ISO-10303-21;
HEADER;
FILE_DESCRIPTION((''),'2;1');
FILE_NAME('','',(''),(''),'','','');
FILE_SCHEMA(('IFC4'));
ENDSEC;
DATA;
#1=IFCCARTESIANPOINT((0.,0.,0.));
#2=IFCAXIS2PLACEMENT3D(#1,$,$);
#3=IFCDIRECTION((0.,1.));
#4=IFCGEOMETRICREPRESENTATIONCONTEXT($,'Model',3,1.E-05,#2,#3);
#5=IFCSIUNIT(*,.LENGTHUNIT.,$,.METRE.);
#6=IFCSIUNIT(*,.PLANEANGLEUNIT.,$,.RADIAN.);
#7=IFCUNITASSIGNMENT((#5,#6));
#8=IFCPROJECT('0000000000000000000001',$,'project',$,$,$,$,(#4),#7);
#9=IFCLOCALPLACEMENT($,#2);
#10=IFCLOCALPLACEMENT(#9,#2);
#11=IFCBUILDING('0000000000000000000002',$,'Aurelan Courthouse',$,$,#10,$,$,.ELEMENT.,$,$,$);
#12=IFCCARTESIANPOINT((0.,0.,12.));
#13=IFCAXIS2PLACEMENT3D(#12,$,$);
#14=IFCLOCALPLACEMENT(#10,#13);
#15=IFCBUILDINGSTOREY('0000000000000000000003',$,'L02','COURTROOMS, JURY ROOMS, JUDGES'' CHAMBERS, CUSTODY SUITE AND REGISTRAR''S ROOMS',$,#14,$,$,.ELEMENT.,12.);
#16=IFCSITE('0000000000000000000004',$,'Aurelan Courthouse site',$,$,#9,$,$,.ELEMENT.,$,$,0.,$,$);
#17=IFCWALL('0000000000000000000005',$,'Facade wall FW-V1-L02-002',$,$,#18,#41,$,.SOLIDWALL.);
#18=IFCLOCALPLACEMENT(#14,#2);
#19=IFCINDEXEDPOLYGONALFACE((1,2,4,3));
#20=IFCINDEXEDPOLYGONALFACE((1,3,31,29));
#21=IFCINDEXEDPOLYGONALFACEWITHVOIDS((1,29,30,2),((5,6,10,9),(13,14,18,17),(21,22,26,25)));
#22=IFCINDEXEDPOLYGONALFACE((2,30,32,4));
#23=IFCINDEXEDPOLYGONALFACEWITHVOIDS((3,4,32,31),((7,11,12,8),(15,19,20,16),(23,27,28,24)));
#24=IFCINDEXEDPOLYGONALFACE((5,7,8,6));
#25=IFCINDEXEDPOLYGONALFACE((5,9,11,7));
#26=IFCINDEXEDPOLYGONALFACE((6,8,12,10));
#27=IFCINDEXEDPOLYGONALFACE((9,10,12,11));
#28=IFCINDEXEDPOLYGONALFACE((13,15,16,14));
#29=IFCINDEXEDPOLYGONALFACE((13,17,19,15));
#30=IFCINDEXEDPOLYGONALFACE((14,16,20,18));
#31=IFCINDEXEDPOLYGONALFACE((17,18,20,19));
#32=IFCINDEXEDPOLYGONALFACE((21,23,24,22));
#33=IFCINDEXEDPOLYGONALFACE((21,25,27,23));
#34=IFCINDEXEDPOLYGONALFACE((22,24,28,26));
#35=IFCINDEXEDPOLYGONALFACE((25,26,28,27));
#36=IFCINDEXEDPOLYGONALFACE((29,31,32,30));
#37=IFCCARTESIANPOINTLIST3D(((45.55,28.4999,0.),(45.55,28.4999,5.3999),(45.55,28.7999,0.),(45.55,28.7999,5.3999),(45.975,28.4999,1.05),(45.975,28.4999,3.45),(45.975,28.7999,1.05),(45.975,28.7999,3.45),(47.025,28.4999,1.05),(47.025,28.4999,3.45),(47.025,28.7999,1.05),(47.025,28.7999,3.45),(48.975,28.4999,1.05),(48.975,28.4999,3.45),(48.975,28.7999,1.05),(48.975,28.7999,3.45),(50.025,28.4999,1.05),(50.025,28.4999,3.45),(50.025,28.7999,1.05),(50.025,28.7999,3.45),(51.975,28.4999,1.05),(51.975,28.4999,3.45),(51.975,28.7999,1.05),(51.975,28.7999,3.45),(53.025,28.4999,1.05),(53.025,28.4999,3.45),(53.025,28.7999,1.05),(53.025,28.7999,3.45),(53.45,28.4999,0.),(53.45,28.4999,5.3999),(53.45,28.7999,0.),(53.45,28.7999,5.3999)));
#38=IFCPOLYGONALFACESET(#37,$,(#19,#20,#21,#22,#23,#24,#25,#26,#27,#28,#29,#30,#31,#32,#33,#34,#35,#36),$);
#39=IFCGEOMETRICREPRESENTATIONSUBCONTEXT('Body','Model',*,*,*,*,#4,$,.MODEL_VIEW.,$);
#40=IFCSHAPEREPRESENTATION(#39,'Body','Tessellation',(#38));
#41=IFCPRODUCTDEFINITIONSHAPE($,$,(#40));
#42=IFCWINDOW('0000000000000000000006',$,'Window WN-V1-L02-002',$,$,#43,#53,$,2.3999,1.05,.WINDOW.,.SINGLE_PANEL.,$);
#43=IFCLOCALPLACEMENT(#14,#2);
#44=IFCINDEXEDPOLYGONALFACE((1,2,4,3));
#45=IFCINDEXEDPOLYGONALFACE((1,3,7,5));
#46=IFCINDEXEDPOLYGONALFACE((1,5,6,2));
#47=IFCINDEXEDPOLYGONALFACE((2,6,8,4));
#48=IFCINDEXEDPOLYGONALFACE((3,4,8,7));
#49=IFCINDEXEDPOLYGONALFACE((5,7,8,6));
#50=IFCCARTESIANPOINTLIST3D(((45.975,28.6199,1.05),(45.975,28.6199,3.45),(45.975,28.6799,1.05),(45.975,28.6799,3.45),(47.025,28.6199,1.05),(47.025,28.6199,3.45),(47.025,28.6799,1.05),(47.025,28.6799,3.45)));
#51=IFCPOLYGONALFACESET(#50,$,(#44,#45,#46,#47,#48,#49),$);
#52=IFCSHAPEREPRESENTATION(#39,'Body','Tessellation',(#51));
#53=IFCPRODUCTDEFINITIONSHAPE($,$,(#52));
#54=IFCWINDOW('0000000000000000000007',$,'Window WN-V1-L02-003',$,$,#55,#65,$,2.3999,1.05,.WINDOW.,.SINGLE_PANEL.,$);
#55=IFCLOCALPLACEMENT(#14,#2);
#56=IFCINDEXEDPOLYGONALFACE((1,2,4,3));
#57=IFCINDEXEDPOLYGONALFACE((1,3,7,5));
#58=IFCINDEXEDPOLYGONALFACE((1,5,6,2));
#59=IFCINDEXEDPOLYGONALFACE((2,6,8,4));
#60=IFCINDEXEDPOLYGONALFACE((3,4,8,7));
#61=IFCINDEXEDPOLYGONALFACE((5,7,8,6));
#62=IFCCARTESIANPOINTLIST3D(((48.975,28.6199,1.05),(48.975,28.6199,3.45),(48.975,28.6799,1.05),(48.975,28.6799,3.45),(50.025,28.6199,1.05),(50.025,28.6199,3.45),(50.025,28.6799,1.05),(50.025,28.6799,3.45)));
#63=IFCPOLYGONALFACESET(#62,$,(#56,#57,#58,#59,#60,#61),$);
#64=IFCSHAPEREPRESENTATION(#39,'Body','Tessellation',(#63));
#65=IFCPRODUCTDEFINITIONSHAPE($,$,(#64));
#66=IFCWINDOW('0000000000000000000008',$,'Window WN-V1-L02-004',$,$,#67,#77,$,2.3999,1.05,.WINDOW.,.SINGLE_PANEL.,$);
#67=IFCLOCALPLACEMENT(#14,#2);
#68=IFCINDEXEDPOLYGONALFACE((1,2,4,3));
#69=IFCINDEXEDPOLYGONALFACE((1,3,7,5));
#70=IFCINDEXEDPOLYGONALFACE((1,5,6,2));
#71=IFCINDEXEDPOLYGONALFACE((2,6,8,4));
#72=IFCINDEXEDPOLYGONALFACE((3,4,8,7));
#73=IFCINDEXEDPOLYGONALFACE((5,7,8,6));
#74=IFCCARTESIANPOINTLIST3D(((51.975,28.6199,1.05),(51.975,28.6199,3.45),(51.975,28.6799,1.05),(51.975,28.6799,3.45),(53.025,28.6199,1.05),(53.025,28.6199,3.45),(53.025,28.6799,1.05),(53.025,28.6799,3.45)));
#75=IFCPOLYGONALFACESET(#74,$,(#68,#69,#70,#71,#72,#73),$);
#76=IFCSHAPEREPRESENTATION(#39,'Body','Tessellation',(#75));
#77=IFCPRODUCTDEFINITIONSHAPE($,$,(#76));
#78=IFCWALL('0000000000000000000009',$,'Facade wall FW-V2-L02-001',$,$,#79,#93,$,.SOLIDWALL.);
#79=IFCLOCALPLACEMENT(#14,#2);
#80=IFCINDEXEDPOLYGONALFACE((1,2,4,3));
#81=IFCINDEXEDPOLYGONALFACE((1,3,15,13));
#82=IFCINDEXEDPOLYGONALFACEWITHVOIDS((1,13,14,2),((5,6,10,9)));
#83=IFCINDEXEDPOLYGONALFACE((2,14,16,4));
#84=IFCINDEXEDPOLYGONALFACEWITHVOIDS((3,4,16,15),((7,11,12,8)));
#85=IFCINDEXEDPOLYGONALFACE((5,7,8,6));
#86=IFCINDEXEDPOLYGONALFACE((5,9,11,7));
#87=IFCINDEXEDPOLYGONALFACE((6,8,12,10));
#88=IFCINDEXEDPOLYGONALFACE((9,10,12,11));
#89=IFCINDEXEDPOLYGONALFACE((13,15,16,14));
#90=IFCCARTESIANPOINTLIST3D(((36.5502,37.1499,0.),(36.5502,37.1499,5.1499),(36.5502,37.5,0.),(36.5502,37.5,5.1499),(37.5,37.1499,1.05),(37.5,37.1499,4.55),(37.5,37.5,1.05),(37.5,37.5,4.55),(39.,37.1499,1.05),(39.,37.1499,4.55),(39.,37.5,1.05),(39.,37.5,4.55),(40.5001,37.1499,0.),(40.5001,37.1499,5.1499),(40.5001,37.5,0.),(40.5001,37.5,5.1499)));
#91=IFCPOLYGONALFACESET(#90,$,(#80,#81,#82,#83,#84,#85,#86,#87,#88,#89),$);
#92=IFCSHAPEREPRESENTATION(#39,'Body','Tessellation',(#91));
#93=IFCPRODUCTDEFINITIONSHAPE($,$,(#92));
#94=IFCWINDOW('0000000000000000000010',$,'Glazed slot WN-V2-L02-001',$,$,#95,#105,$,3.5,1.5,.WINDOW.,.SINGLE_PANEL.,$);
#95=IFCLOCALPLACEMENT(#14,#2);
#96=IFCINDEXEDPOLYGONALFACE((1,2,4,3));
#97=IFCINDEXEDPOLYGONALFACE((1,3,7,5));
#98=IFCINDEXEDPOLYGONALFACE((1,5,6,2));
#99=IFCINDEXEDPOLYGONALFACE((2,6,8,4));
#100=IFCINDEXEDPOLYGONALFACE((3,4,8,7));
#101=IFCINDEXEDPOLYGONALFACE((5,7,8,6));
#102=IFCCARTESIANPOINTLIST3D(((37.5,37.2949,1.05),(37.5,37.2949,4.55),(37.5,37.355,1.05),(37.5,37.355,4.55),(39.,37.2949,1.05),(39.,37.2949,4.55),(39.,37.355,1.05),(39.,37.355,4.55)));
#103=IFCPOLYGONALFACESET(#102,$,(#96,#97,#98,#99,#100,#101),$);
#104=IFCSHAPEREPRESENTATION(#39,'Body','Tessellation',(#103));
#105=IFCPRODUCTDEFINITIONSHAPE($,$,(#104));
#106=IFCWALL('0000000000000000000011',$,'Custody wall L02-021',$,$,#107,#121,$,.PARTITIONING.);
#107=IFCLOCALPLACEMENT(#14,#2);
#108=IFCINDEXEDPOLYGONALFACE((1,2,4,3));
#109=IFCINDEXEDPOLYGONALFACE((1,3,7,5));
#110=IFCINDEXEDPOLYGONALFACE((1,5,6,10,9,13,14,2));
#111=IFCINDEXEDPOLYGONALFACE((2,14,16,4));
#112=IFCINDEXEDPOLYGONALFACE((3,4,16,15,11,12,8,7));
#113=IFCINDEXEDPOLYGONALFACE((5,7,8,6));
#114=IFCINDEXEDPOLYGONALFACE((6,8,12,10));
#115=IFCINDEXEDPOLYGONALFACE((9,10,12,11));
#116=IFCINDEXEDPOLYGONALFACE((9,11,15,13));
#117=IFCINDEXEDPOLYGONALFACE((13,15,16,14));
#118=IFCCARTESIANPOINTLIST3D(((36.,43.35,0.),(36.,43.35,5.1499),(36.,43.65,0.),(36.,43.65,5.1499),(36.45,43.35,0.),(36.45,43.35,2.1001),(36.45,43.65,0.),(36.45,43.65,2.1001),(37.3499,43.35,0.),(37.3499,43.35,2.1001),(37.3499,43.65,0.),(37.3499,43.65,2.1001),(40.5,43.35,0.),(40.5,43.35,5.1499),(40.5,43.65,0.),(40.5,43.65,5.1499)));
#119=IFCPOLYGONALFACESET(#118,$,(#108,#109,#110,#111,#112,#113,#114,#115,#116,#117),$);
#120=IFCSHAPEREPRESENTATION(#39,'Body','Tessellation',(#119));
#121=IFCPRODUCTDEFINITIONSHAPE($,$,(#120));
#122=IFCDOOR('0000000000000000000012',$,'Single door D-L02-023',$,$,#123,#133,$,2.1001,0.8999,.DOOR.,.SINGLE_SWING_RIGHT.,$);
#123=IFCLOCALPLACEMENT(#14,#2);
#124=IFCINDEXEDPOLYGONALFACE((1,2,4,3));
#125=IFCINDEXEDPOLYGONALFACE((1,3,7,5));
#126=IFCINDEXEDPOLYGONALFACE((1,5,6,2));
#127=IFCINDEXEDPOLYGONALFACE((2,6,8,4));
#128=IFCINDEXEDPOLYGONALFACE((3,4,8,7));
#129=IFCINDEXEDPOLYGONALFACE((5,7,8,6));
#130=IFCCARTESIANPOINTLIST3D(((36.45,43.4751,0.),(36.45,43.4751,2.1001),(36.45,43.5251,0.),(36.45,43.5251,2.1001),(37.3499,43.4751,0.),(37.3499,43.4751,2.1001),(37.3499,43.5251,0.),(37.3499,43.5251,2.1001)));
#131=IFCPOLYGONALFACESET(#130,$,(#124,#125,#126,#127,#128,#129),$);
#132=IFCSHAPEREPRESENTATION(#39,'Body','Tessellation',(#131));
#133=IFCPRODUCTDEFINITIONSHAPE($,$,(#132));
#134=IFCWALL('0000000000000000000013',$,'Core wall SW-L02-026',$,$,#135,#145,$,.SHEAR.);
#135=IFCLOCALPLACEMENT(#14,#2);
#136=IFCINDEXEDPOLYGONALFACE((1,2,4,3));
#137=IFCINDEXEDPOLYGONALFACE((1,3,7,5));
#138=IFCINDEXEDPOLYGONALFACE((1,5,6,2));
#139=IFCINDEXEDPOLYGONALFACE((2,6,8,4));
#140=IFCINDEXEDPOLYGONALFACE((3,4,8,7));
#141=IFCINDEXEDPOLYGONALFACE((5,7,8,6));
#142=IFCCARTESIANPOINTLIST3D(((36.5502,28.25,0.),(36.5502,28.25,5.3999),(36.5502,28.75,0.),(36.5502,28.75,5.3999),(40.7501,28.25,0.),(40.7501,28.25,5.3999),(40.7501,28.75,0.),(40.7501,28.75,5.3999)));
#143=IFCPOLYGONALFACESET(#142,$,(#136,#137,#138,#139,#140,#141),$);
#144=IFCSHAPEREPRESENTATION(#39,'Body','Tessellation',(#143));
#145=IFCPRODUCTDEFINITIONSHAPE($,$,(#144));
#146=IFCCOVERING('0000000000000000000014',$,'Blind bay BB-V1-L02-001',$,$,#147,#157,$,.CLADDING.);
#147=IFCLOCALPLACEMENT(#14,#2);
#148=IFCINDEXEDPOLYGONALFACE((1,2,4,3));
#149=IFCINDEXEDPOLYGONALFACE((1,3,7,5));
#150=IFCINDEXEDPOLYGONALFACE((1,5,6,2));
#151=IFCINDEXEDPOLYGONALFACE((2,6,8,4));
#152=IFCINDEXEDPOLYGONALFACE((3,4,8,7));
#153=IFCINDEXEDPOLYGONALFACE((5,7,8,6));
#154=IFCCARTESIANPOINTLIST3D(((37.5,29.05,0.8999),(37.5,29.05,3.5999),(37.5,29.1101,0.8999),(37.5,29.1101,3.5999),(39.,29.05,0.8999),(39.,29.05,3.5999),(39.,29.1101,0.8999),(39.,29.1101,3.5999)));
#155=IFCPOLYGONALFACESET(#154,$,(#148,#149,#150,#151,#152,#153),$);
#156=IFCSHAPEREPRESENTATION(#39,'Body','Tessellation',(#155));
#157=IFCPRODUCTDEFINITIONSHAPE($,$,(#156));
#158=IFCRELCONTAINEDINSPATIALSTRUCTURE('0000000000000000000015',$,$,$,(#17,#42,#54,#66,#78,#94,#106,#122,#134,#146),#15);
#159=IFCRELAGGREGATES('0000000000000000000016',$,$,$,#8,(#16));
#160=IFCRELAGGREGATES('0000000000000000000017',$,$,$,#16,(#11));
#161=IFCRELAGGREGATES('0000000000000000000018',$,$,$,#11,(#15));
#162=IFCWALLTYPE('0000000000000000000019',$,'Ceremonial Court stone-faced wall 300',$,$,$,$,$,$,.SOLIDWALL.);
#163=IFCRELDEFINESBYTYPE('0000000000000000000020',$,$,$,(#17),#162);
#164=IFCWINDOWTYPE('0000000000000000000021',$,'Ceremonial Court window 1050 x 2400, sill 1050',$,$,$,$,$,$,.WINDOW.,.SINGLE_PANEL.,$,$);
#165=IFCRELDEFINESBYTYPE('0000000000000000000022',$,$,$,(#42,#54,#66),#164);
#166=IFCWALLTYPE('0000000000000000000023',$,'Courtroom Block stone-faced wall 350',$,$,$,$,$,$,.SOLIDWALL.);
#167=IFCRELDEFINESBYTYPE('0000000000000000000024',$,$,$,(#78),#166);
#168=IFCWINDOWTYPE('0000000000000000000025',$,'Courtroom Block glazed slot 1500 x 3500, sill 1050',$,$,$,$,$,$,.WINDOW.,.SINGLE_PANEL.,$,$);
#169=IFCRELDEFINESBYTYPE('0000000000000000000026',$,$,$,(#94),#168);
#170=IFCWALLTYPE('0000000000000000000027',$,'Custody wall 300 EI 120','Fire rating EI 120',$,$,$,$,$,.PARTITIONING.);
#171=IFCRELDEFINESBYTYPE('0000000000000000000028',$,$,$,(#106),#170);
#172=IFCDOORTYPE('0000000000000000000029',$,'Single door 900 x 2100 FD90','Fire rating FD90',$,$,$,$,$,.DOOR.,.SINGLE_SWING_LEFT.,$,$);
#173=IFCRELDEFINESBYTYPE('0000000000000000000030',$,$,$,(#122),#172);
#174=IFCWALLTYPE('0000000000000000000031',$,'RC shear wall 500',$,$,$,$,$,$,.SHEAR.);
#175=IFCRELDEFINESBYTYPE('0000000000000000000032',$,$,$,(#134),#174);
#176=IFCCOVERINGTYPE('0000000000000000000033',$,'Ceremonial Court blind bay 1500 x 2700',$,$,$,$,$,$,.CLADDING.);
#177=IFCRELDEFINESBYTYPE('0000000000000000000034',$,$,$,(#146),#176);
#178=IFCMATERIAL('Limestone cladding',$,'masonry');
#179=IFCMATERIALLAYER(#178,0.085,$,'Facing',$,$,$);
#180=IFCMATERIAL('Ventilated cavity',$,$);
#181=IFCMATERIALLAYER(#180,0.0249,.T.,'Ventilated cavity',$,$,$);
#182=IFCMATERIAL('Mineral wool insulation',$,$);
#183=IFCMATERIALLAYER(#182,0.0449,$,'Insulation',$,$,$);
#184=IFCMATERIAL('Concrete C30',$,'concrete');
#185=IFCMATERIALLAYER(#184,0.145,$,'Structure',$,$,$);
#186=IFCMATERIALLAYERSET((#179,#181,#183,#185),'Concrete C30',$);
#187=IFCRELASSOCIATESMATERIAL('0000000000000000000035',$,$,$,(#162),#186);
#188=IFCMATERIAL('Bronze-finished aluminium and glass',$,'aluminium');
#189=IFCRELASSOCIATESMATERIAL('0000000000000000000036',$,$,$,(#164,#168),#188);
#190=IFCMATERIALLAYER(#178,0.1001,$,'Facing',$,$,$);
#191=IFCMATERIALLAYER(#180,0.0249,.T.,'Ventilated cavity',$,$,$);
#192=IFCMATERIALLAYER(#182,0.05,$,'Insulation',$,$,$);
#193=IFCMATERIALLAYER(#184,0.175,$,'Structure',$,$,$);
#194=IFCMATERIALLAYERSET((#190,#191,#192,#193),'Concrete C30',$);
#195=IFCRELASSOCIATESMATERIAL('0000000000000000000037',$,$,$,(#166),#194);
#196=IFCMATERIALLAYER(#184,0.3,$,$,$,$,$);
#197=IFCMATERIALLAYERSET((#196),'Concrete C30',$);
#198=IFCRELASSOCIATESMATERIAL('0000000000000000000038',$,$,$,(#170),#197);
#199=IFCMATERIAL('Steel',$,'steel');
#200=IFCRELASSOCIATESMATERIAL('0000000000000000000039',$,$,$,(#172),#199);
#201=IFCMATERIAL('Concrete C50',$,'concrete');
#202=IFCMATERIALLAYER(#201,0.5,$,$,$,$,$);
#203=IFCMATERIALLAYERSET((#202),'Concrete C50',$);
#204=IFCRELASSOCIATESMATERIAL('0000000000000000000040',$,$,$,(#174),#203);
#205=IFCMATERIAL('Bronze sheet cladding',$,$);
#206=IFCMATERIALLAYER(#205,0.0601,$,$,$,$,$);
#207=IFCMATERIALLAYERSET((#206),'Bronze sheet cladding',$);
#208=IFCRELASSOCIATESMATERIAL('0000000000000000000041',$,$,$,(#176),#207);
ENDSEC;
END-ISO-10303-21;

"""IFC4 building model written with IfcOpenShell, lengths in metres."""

from ifc_helpers import new_model, si_unit, direction, frame, frame_2d, origin, origin_2d, place, context, subcontext, project, spatial, rectangle, extrude, material, layer, layer_set, type_object, element, fill, save


model = new_model("IFC4")

# Units and contexts
model_context = context("Model", 3, precision=1e-05, world=origin(), true_north=direction((0.0, 1.0)))
body_context = subcontext(model_context, "Body", "Model", "MODEL_VIEW")
ifc_project = project(units=[si_unit("LENGTHUNIT", "METRE"), si_unit("PLANEANGLEUNIT", "RADIAN")], contexts=[model_context])

# Site, building, storey
site_placement = place(None, origin())
site = spatial("IfcSite", under=ifc_project, at=site_placement, Name="Aurelan Courthouse site", CompositionType="ELEMENT", RefElevation=0.0)
building_placement = place(site_placement, origin())
building = spatial("IfcBuilding", under=site, at=building_placement, Name="Aurelan Courthouse", CompositionType="ELEMENT")
storey_placement = place(building_placement, frame((0.0, 0.0, 12.0)))
storey = spatial("IfcBuildingStorey", under=building, at=storey_placement, Name="L02", Description="COURTROOMS, JURY ROOMS, JUDGES' CHAMBERS, CUSTODY SUITE AND REGISTRAR'S ROOMS", CompositionType="ELEMENT", Elevation=12.0)

# Shared definitions
ifc_material_1 = material(Name="Concrete C50", Category="concrete")

# Shared definitions
ifc_material_2 = material(Name="Limestone cladding", Category="masonry")
ifc_layer_1 = layer(ifc_material_2, 0.085, Name="Facing")
ifc_material_3 = material(Name="Ventilated cavity")
ifc_layer_2 = layer(ifc_material_3, 0.0249, ventilated=True, Name="Ventilated cavity")
ifc_material_4 = material(Name="Mineral wool insulation")
ifc_layer_3 = layer(ifc_material_4, 0.0449, Name="Insulation")
ifc_material_5 = material(Name="Concrete C30", Category="concrete")
ifc_layer_4 = layer(ifc_material_5, 0.145, Name="Structure")
ifc_layer_set_1 = layer_set([ifc_layer_1, ifc_layer_2, ifc_layer_3, ifc_layer_4], Name="Concrete C30")
wall_type_1 = type_object("IfcWallType", Name="Ceremonial Court stone-faced wall 300", PredefinedType="SOLIDWALL", material=ifc_layer_set_1)
ifc_material_6 = material(Name="Bronze-finished aluminium and glass", Category="aluminium")
window_type_1 = type_object("IfcWindowType", Name="Ceremonial Court window 1050 x 2400, sill 1050", PartitioningType="SINGLE_PANEL", PredefinedType="WINDOW", material=ifc_material_6)

# Wall, openings, windows
wall_1_placement = place(storey_placement, frame((45.55, 28.6499, 0.0), z_axis=(0.0, 0.0, 1.0), x_axis=(1.0, 0.0, 0.0)))
wall_1 = element("IfcWall", 1, at=wall_1_placement, inside=storey, type_object=wall_type_1, Name="Facade wall FW-V1-L02-002", PredefinedType="SOLIDWALL", context=body_context, shape_type="SweptSolid", body=[
    extrude(rectangle(XDim=7.8999, YDim=0.3, at=frame_2d((3.95, 0.0))), origin(), (0.0, 0.0, 1.0), 5.3999),
])
opening_1_placement = place(wall_1_placement, frame((0.425, 0.0, 1.05)))
opening_1 = element("IfcOpeningElement", 2, at=opening_1_placement, cuts=wall_1, PredefinedType="OPENING", context=body_context, shape_type="SweptSolid", body=[
    extrude(rectangle(XDim=1.05, YDim=2.3999, at=frame_2d((0.5249, 1.2))), frame((0.0, 0.1599, 0.0), z_axis=(0.0, -1.0, 0.0), x_axis=(1.0, 0.0, 0.0)), (0.0, 0.0, 1.0), 0.3201),
])
opening_2_placement = place(wall_1_placement, frame((3.425, 0.0, 1.05)))
opening_2 = element("IfcOpeningElement", 3, at=opening_2_placement, cuts=wall_1, PredefinedType="OPENING", context=body_context, shape_type="SweptSolid", body=[
    extrude(rectangle(XDim=1.05, YDim=2.3999, at=frame_2d((0.5249, 1.2))), frame((0.0, 0.1599, 0.0), z_axis=(0.0, -1.0, 0.0), x_axis=(1.0, 0.0, 0.0)), (0.0, 0.0, 1.0), 0.3201),
])
opening_3_placement = place(wall_1_placement, frame((6.425, 0.0, 1.05)))
opening_3 = element("IfcOpeningElement", 4, at=opening_3_placement, cuts=wall_1, PredefinedType="OPENING", context=body_context, shape_type="SweptSolid", body=[
    extrude(rectangle(XDim=1.05, YDim=2.3999, at=frame_2d((0.5249, 1.2))), frame((0.0, 0.1599, 0.0), z_axis=(0.0, -1.0, 0.0), x_axis=(1.0, 0.0, 0.0)), (0.0, 0.0, 1.0), 0.3201),
])
window_1_placement = place(opening_1_placement, origin())
window_1 = element("IfcWindow", 5, at=window_1_placement, inside=storey, type_object=window_type_1, Name="Window WN-V1-L02-002", OverallHeight=2.3999, OverallWidth=1.05, PartitioningType="SINGLE_PANEL", PredefinedType="WINDOW", context=body_context, shape_type="SweptSolid", body=[
    extrude(rectangle(XDim=1.05, YDim=2.3999, at=frame_2d((0.5249, 1.2))), frame((0.0, 0.03, 0.0), z_axis=(0.0, -1.0, 0.0), x_axis=(1.0, 0.0, 0.0)), (0.0, 0.0, 1.0), 0.0601),
])
fill(opening_1, window_1)
window_2_placement = place(opening_2_placement, origin())
window_2 = element("IfcWindow", 6, at=window_2_placement, inside=storey, type_object=window_type_1, Name="Window WN-V1-L02-003", OverallHeight=2.3999, OverallWidth=1.05, PartitioningType="SINGLE_PANEL", PredefinedType="WINDOW", context=body_context, shape_type="SweptSolid", body=[
    extrude(rectangle(XDim=1.05, YDim=2.3999, at=frame_2d((0.5249, 1.2))), frame((0.0, 0.03, 0.0), z_axis=(0.0, -1.0, 0.0), x_axis=(1.0, 0.0, 0.0)), (0.0, 0.0, 1.0), 0.0601),
])
fill(opening_2, window_2)
window_3_placement = place(opening_3_placement, origin())
window_3 = element("IfcWindow", 7, at=window_3_placement, inside=storey, type_object=window_type_1, Name="Window WN-V1-L02-004", OverallHeight=2.3999, OverallWidth=1.05, PartitioningType="SINGLE_PANEL", PredefinedType="WINDOW", context=body_context, shape_type="SweptSolid", body=[
    extrude(rectangle(XDim=1.05, YDim=2.3999, at=frame_2d((0.5249, 1.2))), frame((0.0, 0.03, 0.0), z_axis=(0.0, -1.0, 0.0), x_axis=(1.0, 0.0, 0.0)), (0.0, 0.0, 1.0), 0.0601),
])
fill(opening_3, window_3)

# Wall, opening, window
ifc_layer_5 = layer(ifc_material_2, 0.1001, Name="Facing")
ifc_layer_6 = layer(ifc_material_3, 0.0249, ventilated=True, Name="Ventilated cavity")
ifc_layer_7 = layer(ifc_material_4, 0.05, Name="Insulation")
ifc_layer_8 = layer(ifc_material_5, 0.175, Name="Structure")
ifc_layer_set_2 = layer_set([ifc_layer_5, ifc_layer_6, ifc_layer_7, ifc_layer_8], Name="Concrete C30")
wall_type_2 = type_object("IfcWallType", Name="Courtroom Block stone-faced wall 350", PredefinedType="SOLIDWALL", material=ifc_layer_set_2)
wall_2_placement = place(storey_placement, frame((36.55, 37.325, 0.0), z_axis=(0.0, 0.0, 1.0), x_axis=(1.0, 0.0, 0.0)))
wall_2 = element("IfcWall", 8, at=wall_2_placement, inside=storey, type_object=wall_type_2, Name="Facade wall FW-V2-L02-001", PredefinedType="SOLIDWALL", context=body_context, shape_type="SweptSolid", body=[
    extrude(rectangle(XDim=3.95, YDim=0.3501, at=frame_2d((1.9751, 0.0))), origin(), (0.0, 0.0, 1.0), 5.1499),
])
opening_4_placement = place(wall_2_placement, frame((0.95, 0.0, 1.05)))
opening_4 = element("IfcOpeningElement", 9, at=opening_4_placement, cuts=wall_2, PredefinedType="OPENING", context=body_context, shape_type="SweptSolid", body=[
    extrude(rectangle(XDim=1.5, YDim=3.5, at=frame_2d((0.75, 1.75))), frame((0.0, 0.1851, 0.0), z_axis=(0.0, -1.0, 0.0), x_axis=(1.0, 0.0, 0.0)), (0.0, 0.0, 1.0), 0.3701),
])
window_type_2 = type_object("IfcWindowType", Name="Courtroom Block glazed slot 1500 x 3500, sill 1050", PartitioningType="SINGLE_PANEL", PredefinedType="WINDOW", material=ifc_material_6)
window_4_placement = place(opening_4_placement, origin())
window_4 = element("IfcWindow", 10, at=window_4_placement, inside=storey, type_object=window_type_2, Name="Glazed slot WN-V2-L02-001", OverallHeight=3.5, OverallWidth=1.5, PartitioningType="SINGLE_PANEL", PredefinedType="WINDOW", context=body_context, shape_type="SweptSolid", body=[
    extrude(rectangle(XDim=1.5, YDim=3.5, at=frame_2d((0.75, 1.75))), frame((0.0, 0.03, 0.0), z_axis=(0.0, -1.0, 0.0), x_axis=(1.0, 0.0, 0.0)), (0.0, 0.0, 1.0), 0.0601),
])
fill(opening_4, window_4)

# Wall, opening, door
ifc_layer_9 = layer(ifc_material_5, 0.3)
ifc_layer_set_3 = layer_set([ifc_layer_9], Name="Concrete C30")
wall_type_3 = type_object("IfcWallType", Name="Custody wall 300 EI 120", Description="Fire rating EI 120", PredefinedType="PARTITIONING", material=ifc_layer_set_3)
wall_3_placement = place(storey_placement, frame((36.0, 43.5, 0.0), z_axis=(0.0, 0.0, 1.0), x_axis=(1.0, 0.0, 0.0)))
wall_3 = element("IfcWall", 11, at=wall_3_placement, inside=storey, type_object=wall_type_3, Name="Custody wall L02-021", PredefinedType="PARTITIONING", context=body_context, shape_type="SweptSolid", body=[
    extrude(rectangle(XDim=4.5, YDim=0.3, at=frame_2d((2.25, 0.0))), origin(), (0.0, 0.0, 1.0), 5.1499),
])
opening_5_placement = place(wall_3_placement, frame((1.3499, 0.0, 0.0), z_axis=(0.0, 0.0, 1.0), x_axis=(-1.0, 0.0, 0.0)))
opening_5 = element("IfcOpeningElement", 12, at=opening_5_placement, cuts=wall_3, PredefinedType="OPENING", context=body_context, shape_type="SweptSolid", body=[
    extrude(rectangle(XDim=0.8999, YDim=2.1001, at=frame_2d((0.45, 1.05))), frame((0.0, 0.1599, 0.0), z_axis=(0.0, -1.0, 0.0), x_axis=(1.0, 0.0, 0.0)), (0.0, 0.0, 1.0), 0.3201),
])
ifc_material_7 = material(Name="Steel", Category="steel")
door_type = type_object("IfcDoorType", Name="Single door 900 x 2100 FD90", Description="Fire rating FD90", OperationType="SINGLE_SWING_LEFT", PredefinedType="DOOR", material=ifc_material_7)
door_placement = place(opening_5_placement, origin())
door = element("IfcDoor", 13, at=door_placement, inside=storey, type_object=door_type, Name="Single door D-L02-023", OperationType="SINGLE_SWING_RIGHT", OverallHeight=2.1001, OverallWidth=0.8999, PredefinedType="DOOR", context=body_context, shape_type="SweptSolid", body=[
    extrude(rectangle(XDim=0.8999, YDim=2.1001, at=frame_2d((0.45, 1.05))), frame((0.0, 0.0249, 0.0), z_axis=(0.0, -1.0, 0.0), x_axis=(1.0, 0.0, 0.0)), (0.0, 0.0, 1.0), 0.05),
])
fill(opening_5, door)

# Wall
ifc_layer_10 = layer(ifc_material_1, 0.5)
ifc_layer_set_4 = layer_set([ifc_layer_10], Name="Concrete C50")
wall_type_4 = type_object("IfcWallType", Name="RC shear wall 500", PredefinedType="SHEAR", material=ifc_layer_set_4)
wall_4_placement = place(storey_placement, frame((36.55, 28.5, 0.0), z_axis=(0.0, 0.0, 1.0), x_axis=(1.0, 0.0, 0.0)))
element("IfcWall", 14, at=wall_4_placement, inside=storey, type_object=wall_type_4, Name="Core wall SW-L02-026", PredefinedType="SHEAR", context=body_context, shape_type="SweptSolid", body=[
    extrude(rectangle(XDim=4.2, YDim=0.5, at=frame_2d((2.1001, 0.0))), origin(), (0.0, 0.0, 1.0), 5.3999),
])

# Covering
ifc_material_8 = material(Name="Bronze sheet cladding")
ifc_layer_11 = layer(ifc_material_8, 0.0601)
ifc_layer_set_5 = layer_set([ifc_layer_11], Name="Bronze sheet cladding")
covering_type_1 = type_object("IfcCoveringType", Name="Ceremonial Court blind bay 1500 x 2700", PredefinedType="CLADDING", material=ifc_layer_set_5)
covering_1_placement = place(storey_placement, frame((38.25, 29.0801, 0.8999), z_axis=(0.0, 0.0, 1.0), x_axis=(1.0, 0.0, 0.0)))
element("IfcCovering", 15, at=covering_1_placement, inside=storey, type_object=covering_type_1, Name="Blind bay BB-V1-L02-001", PredefinedType="CLADDING", context=body_context, shape_type="SweptSolid", body=[
    extrude(rectangle(XDim=1.5, YDim=0.0601, at=origin_2d()), origin(), (0.0, 0.0, 1.0), 2.7),
])

save(model, "model.ifc")
